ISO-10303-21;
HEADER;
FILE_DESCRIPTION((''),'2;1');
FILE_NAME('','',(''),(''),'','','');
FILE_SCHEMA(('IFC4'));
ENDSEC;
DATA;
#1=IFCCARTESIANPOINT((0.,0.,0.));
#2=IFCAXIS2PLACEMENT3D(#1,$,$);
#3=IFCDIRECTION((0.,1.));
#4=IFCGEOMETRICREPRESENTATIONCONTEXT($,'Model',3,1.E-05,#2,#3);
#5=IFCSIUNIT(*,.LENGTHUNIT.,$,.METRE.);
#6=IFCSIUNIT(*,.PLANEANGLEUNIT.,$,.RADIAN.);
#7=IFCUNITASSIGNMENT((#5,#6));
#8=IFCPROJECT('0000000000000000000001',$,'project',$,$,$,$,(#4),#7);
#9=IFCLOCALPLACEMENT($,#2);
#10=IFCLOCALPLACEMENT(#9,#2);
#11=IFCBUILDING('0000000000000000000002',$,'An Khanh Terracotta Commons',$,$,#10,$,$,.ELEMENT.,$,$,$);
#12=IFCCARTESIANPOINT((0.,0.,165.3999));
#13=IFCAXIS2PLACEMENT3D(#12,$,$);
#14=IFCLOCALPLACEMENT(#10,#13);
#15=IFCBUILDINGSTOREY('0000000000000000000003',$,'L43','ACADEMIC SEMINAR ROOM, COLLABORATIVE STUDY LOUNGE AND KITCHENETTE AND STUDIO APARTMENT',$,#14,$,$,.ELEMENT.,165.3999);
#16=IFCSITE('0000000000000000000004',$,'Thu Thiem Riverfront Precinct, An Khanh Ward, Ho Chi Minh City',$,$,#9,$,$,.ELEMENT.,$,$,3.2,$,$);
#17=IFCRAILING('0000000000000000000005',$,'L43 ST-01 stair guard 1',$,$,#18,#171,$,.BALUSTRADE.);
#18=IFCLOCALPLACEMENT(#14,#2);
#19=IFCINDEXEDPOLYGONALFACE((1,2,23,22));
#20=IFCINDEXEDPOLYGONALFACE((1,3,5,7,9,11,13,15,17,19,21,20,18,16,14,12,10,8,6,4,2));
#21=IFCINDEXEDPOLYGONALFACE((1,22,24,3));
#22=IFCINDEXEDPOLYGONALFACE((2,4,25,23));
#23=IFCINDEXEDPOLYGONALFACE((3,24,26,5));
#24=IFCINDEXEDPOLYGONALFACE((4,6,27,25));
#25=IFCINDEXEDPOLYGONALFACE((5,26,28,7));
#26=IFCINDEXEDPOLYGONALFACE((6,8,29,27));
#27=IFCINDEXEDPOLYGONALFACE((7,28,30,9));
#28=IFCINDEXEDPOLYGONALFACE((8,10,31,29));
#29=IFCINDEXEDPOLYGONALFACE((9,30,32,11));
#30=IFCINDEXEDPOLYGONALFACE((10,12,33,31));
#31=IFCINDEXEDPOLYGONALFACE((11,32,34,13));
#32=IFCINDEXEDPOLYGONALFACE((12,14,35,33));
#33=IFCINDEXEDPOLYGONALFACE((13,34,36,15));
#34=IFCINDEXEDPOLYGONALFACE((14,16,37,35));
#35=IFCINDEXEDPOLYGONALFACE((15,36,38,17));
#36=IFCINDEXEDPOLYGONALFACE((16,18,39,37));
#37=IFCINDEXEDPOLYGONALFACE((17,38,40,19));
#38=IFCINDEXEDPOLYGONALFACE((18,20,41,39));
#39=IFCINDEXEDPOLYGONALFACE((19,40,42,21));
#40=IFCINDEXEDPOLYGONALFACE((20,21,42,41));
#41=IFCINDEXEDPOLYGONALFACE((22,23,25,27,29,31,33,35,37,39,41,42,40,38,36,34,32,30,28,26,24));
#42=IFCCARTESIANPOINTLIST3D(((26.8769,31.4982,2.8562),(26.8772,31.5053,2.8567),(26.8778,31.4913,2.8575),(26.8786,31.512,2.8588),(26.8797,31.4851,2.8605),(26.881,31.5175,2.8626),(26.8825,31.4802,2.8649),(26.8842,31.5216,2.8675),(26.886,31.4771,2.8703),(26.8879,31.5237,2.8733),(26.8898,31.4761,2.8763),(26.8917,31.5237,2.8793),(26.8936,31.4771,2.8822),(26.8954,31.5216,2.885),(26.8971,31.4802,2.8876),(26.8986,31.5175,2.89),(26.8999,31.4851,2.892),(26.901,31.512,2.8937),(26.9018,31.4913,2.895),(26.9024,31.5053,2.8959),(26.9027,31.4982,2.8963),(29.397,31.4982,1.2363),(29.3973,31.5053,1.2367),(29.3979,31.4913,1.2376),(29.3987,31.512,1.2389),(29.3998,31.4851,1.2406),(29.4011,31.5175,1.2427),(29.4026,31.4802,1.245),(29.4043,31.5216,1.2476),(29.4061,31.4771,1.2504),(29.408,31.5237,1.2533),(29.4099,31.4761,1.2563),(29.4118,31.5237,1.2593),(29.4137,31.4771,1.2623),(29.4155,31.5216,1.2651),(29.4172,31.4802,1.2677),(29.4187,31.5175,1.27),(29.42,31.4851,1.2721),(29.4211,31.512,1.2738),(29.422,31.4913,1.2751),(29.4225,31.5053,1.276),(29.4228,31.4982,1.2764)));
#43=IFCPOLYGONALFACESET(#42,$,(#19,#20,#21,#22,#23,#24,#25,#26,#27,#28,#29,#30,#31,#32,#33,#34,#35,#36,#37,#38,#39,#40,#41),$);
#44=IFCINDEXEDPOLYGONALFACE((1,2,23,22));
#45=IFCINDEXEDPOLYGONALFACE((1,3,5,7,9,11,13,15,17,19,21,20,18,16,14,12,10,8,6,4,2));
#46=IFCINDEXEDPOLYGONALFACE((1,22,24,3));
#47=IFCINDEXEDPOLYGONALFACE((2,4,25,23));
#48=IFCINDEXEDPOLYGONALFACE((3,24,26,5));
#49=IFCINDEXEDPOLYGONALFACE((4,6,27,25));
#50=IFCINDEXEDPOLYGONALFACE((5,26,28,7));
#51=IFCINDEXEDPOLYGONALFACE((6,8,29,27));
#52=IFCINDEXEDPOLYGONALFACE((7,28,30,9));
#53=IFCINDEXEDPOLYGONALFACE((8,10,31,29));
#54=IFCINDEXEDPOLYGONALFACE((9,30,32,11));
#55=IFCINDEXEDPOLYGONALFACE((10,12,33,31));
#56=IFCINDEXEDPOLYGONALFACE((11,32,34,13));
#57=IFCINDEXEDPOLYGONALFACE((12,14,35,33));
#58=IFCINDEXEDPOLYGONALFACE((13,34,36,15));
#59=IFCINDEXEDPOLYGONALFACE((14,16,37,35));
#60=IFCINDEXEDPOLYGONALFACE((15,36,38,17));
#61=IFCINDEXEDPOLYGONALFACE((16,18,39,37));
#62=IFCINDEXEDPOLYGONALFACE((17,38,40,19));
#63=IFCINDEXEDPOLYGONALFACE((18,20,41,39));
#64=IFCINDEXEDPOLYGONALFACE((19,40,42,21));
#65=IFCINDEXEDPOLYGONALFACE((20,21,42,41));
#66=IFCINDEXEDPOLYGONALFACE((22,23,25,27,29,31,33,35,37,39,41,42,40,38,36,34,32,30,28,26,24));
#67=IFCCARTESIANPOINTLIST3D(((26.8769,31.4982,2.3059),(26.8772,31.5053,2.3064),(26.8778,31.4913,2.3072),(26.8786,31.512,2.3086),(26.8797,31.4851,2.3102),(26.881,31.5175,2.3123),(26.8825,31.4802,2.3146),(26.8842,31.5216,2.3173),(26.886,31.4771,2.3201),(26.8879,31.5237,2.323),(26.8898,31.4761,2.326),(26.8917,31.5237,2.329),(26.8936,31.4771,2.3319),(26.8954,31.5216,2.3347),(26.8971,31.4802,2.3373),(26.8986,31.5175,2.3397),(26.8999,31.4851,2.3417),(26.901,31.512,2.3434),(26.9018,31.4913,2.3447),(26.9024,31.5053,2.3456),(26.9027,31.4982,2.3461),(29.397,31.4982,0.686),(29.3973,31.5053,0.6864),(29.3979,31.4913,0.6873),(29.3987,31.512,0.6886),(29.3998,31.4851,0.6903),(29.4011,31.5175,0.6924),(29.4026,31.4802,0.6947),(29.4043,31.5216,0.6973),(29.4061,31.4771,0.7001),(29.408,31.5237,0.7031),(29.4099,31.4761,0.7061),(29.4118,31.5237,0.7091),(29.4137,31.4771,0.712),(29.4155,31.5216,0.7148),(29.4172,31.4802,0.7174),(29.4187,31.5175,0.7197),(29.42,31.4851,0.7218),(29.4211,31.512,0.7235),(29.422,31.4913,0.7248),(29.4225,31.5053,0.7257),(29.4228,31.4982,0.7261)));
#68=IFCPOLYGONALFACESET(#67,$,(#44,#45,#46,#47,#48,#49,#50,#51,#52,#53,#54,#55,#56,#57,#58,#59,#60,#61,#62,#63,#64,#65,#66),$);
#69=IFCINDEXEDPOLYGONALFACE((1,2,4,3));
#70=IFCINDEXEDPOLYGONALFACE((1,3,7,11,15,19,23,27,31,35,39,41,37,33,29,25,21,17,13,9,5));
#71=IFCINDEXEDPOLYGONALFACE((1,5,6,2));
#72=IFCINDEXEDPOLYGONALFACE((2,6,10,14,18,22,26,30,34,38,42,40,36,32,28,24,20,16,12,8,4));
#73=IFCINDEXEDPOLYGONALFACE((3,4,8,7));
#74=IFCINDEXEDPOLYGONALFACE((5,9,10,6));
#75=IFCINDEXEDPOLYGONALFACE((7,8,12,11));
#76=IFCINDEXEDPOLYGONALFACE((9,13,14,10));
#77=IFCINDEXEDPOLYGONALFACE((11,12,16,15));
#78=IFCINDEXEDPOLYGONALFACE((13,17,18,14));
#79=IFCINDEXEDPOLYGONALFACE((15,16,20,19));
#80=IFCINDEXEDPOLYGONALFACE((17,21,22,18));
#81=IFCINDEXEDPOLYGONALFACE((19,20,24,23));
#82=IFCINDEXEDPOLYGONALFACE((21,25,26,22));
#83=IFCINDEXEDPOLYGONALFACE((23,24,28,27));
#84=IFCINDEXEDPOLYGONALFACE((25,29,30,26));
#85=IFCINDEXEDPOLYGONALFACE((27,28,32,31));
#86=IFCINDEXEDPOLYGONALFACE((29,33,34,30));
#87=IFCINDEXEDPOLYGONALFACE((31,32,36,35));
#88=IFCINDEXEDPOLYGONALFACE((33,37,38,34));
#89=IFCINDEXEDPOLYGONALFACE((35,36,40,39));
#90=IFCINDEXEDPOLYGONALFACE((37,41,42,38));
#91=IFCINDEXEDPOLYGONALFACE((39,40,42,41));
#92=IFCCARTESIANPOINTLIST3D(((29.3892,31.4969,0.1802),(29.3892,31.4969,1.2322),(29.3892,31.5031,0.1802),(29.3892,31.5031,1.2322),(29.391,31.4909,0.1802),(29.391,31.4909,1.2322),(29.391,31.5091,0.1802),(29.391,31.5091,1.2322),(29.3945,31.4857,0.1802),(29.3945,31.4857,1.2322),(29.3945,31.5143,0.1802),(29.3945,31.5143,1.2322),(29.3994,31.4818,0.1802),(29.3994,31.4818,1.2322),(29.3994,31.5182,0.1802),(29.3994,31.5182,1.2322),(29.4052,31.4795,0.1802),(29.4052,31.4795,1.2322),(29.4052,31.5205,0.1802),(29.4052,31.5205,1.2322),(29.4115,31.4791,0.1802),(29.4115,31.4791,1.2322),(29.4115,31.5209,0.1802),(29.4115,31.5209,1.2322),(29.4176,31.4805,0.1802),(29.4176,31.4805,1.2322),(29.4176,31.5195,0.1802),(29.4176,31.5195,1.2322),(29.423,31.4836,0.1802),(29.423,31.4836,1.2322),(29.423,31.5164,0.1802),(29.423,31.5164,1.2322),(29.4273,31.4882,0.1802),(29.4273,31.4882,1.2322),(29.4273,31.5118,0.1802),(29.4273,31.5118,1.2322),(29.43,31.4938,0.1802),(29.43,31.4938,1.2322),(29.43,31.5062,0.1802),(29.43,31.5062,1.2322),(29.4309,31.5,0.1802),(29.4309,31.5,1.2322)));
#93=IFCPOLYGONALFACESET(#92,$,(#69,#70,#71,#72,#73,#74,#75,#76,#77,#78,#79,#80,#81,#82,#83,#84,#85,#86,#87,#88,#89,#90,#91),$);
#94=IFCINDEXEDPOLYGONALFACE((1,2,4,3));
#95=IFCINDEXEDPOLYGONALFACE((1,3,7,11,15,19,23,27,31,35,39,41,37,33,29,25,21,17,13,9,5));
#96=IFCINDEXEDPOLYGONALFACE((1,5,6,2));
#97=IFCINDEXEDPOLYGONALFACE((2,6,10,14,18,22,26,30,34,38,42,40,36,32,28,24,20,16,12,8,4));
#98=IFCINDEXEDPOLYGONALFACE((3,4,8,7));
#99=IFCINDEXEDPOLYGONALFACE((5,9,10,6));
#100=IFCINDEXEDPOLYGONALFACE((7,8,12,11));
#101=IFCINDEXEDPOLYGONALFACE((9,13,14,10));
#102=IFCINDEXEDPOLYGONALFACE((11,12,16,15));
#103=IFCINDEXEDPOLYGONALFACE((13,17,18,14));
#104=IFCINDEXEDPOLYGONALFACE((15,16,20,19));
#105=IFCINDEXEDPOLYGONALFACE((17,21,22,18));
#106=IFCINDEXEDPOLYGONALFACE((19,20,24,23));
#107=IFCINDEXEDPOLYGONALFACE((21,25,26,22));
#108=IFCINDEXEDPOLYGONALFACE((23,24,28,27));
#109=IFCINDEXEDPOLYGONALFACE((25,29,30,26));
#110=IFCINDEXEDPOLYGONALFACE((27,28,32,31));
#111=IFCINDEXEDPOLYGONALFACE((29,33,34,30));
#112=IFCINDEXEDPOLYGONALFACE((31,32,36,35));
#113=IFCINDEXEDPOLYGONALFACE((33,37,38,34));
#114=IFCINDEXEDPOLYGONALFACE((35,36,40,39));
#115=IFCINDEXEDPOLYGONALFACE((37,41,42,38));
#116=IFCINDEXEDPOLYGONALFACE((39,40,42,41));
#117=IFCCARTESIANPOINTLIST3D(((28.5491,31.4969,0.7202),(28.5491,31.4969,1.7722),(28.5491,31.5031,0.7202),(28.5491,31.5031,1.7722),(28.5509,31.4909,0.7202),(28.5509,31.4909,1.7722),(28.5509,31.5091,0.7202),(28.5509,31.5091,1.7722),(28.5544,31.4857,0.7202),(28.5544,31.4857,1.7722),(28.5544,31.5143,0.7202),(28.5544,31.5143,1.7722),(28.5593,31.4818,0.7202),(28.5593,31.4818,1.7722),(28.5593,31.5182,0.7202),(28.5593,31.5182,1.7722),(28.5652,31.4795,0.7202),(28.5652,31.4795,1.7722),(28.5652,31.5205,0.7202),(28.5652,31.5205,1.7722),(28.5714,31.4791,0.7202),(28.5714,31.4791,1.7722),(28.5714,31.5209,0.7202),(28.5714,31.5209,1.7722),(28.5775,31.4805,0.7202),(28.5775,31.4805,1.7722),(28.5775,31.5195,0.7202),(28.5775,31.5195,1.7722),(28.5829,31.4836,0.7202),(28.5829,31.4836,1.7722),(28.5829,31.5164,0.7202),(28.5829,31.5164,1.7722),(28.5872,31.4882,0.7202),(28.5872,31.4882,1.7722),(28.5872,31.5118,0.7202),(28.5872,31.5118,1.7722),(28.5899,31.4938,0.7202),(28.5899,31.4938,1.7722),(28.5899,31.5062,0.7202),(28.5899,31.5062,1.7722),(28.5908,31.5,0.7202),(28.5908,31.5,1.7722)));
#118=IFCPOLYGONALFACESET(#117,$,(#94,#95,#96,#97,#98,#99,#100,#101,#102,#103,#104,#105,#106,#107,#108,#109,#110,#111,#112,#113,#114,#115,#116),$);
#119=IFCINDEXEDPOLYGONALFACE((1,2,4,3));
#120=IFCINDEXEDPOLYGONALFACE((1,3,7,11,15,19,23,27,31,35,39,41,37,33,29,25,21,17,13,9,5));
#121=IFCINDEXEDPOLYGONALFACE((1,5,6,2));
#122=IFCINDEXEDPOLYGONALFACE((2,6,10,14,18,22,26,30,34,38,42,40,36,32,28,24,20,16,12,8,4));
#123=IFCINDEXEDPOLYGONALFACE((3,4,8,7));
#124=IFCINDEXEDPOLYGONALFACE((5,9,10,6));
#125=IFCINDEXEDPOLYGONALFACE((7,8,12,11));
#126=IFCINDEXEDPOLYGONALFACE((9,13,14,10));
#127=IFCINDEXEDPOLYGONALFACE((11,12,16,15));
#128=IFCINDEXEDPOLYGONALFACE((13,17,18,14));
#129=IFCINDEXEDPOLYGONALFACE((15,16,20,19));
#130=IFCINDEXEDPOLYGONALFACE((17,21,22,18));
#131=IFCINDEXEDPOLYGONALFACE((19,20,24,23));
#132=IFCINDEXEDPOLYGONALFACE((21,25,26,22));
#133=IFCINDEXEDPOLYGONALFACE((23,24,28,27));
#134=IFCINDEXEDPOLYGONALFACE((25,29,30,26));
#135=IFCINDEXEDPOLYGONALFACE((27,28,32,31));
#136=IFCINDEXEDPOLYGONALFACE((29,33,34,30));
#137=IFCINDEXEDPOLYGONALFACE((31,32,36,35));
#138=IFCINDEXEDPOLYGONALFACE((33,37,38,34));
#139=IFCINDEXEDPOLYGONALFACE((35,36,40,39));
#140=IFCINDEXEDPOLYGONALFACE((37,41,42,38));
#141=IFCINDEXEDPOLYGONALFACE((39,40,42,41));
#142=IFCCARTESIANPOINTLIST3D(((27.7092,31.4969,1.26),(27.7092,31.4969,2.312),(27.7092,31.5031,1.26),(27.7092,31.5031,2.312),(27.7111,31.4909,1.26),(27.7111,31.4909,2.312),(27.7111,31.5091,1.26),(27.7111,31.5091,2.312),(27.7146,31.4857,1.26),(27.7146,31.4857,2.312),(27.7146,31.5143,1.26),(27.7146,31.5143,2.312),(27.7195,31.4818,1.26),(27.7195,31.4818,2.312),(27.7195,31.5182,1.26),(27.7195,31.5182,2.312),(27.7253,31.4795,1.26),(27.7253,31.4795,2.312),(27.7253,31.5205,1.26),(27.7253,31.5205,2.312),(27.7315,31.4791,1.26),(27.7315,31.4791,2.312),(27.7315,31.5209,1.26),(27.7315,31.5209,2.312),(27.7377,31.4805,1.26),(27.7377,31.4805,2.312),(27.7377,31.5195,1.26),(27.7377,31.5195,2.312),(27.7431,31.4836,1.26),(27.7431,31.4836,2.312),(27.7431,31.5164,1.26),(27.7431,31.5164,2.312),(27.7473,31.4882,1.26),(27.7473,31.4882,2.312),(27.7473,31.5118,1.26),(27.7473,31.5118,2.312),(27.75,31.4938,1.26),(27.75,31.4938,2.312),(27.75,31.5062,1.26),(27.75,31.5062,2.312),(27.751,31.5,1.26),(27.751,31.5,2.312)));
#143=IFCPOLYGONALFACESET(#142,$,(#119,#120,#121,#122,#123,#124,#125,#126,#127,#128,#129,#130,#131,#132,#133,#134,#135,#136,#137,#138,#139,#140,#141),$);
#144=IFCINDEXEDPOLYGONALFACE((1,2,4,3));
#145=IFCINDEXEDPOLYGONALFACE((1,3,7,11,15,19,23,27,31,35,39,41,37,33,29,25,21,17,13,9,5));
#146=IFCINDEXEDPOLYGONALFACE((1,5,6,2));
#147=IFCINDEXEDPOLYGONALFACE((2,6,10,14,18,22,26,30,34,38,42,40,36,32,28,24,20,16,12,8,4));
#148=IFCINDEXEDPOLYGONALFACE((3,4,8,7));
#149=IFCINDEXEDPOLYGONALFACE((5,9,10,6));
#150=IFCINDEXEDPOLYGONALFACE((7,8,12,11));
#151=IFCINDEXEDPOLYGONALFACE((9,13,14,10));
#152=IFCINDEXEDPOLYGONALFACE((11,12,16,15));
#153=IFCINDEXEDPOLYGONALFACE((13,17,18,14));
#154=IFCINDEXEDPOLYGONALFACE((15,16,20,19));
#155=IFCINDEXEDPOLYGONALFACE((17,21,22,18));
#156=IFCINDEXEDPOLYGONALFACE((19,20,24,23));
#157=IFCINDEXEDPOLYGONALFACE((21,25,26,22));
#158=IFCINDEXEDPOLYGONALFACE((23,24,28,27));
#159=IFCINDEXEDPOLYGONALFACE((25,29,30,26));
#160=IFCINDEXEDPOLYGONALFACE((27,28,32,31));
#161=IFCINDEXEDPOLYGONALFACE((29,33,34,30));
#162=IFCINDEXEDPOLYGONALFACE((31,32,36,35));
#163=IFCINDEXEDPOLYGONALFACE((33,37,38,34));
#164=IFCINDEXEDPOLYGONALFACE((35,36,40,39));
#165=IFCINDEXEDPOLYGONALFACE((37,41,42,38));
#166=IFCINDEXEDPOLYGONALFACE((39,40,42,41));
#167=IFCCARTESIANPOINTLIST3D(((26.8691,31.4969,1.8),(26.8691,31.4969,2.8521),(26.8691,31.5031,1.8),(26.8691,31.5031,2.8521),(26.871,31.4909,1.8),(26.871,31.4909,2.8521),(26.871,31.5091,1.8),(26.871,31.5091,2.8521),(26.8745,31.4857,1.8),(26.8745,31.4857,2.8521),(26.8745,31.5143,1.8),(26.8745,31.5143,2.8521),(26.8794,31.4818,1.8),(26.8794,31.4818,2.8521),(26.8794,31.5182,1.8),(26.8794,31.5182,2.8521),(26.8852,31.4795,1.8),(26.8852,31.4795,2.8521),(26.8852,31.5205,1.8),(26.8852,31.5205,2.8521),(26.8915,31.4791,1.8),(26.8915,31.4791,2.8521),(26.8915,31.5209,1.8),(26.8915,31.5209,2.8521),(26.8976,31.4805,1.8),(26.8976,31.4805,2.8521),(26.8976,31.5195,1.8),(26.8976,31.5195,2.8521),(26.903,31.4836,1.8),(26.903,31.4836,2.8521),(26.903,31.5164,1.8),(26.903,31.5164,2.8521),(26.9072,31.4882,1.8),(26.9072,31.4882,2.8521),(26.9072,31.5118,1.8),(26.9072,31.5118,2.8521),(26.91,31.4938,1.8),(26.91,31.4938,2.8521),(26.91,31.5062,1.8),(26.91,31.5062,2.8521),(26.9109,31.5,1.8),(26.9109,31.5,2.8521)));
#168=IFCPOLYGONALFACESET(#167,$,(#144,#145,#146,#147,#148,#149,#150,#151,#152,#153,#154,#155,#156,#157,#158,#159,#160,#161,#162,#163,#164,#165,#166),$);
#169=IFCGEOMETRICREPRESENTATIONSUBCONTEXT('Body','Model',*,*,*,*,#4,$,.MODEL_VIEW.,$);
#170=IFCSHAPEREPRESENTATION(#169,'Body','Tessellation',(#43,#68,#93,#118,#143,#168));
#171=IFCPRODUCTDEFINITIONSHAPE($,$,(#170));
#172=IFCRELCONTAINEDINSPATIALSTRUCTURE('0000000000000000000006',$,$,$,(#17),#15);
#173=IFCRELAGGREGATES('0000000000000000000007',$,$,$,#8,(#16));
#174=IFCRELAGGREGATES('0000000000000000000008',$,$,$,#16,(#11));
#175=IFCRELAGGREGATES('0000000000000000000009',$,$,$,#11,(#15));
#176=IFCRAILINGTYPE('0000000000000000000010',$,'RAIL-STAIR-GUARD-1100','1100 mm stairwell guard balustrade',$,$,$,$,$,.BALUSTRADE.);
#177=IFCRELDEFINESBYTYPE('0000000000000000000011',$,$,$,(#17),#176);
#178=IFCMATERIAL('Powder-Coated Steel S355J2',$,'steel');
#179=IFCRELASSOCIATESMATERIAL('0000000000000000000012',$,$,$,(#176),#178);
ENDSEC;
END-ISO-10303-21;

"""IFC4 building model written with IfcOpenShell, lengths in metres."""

from ifc_helpers import new_model, si_unit, direction, frame, origin, origin_2d, place, context, subcontext, project, spatial, circle, extrude, material, type_object, element, save


model = new_model("IFC4")

# Units and contexts
model_context = context("Model", 3, precision=1e-05, world=origin(), true_north=direction((0.0, 1.0)))
body_context = subcontext(model_context, "Body", "Model", "MODEL_VIEW")
ifc_project = project(units=[si_unit("LENGTHUNIT", "METRE"), si_unit("PLANEANGLEUNIT", "RADIAN")], contexts=[model_context])

# Site, building, storey
site_placement = place(None, origin())
site = spatial("IfcSite", under=ifc_project, at=site_placement, Name="Thu Thiem Riverfront Precinct, An Khanh Ward, Ho Chi Minh City", CompositionType="ELEMENT", RefElevation=3.2)
building_placement = place(site_placement, origin())
building = spatial("IfcBuilding", under=site, at=building_placement, Name="An Khanh Terracotta Commons", CompositionType="ELEMENT")
storey_placement = place(building_placement, frame((0.0, 0.0, 165.3999)))
storey = spatial("IfcBuildingStorey", under=building, at=storey_placement, Name="L43", Description="ACADEMIC SEMINAR ROOM, COLLABORATIVE STUDY LOUNGE AND KITCHENETTE AND STUDIO APARTMENT", CompositionType="ELEMENT", Elevation=165.3999)

# Railing
ifc_material_1 = material(Name="Powder-Coated Steel S355J2", Category="steel")
railing_type_1 = type_object("IfcRailingType", Name="RAIL-STAIR-GUARD-1100", Description="1100 mm stairwell guard balustrade", PredefinedType="BALUSTRADE", material=ifc_material_1)
railing_1_placement = place(storey_placement, frame((29.4099, 31.5, 0.1802)))
element("IfcRailing", 1, at=railing_1_placement, inside=storey, type_object=railing_type_1, Name="L43 ST-01 stair guard 1", PredefinedType="BALUSTRADE", context=body_context, shape_type="SweptSolid", body=[
    extrude(circle(Radius=0.0239, at=origin_2d()), frame((0.0, 0.0, 1.0762), z_axis=(-0.8412, 0.0, 0.540725), x_axis=(0.0, -1.0, 0.0)), (0.0, 0.0, 1.0), 2.9958),
    extrude(circle(Radius=0.0239, at=origin_2d()), frame((0.0, 0.0, 0.5259), z_axis=(-0.8412, 0.0, 0.540725), x_axis=(0.0, -1.0, 0.0)), (0.0, 0.0, 1.0), 2.9958),
    extrude(circle(Radius=0.021, at=origin_2d()), origin(), (0.0, 0.0, 1.0), 1.052),
    extrude(circle(Radius=0.021, at=origin_2d()), frame((-0.8401, 0.0, 0.54)), (0.0, 0.0, 1.0), 1.052),
    extrude(circle(Radius=0.021, at=origin_2d()), frame((-1.6799, 0.0, 1.0798)), (0.0, 0.0, 1.0), 1.052),
    extrude(circle(Radius=0.021, at=origin_2d()), frame((-2.52, 0.0, 1.6199)), (0.0, 0.0, 1.0), 1.052),
])

save(model, "model.ifc")
